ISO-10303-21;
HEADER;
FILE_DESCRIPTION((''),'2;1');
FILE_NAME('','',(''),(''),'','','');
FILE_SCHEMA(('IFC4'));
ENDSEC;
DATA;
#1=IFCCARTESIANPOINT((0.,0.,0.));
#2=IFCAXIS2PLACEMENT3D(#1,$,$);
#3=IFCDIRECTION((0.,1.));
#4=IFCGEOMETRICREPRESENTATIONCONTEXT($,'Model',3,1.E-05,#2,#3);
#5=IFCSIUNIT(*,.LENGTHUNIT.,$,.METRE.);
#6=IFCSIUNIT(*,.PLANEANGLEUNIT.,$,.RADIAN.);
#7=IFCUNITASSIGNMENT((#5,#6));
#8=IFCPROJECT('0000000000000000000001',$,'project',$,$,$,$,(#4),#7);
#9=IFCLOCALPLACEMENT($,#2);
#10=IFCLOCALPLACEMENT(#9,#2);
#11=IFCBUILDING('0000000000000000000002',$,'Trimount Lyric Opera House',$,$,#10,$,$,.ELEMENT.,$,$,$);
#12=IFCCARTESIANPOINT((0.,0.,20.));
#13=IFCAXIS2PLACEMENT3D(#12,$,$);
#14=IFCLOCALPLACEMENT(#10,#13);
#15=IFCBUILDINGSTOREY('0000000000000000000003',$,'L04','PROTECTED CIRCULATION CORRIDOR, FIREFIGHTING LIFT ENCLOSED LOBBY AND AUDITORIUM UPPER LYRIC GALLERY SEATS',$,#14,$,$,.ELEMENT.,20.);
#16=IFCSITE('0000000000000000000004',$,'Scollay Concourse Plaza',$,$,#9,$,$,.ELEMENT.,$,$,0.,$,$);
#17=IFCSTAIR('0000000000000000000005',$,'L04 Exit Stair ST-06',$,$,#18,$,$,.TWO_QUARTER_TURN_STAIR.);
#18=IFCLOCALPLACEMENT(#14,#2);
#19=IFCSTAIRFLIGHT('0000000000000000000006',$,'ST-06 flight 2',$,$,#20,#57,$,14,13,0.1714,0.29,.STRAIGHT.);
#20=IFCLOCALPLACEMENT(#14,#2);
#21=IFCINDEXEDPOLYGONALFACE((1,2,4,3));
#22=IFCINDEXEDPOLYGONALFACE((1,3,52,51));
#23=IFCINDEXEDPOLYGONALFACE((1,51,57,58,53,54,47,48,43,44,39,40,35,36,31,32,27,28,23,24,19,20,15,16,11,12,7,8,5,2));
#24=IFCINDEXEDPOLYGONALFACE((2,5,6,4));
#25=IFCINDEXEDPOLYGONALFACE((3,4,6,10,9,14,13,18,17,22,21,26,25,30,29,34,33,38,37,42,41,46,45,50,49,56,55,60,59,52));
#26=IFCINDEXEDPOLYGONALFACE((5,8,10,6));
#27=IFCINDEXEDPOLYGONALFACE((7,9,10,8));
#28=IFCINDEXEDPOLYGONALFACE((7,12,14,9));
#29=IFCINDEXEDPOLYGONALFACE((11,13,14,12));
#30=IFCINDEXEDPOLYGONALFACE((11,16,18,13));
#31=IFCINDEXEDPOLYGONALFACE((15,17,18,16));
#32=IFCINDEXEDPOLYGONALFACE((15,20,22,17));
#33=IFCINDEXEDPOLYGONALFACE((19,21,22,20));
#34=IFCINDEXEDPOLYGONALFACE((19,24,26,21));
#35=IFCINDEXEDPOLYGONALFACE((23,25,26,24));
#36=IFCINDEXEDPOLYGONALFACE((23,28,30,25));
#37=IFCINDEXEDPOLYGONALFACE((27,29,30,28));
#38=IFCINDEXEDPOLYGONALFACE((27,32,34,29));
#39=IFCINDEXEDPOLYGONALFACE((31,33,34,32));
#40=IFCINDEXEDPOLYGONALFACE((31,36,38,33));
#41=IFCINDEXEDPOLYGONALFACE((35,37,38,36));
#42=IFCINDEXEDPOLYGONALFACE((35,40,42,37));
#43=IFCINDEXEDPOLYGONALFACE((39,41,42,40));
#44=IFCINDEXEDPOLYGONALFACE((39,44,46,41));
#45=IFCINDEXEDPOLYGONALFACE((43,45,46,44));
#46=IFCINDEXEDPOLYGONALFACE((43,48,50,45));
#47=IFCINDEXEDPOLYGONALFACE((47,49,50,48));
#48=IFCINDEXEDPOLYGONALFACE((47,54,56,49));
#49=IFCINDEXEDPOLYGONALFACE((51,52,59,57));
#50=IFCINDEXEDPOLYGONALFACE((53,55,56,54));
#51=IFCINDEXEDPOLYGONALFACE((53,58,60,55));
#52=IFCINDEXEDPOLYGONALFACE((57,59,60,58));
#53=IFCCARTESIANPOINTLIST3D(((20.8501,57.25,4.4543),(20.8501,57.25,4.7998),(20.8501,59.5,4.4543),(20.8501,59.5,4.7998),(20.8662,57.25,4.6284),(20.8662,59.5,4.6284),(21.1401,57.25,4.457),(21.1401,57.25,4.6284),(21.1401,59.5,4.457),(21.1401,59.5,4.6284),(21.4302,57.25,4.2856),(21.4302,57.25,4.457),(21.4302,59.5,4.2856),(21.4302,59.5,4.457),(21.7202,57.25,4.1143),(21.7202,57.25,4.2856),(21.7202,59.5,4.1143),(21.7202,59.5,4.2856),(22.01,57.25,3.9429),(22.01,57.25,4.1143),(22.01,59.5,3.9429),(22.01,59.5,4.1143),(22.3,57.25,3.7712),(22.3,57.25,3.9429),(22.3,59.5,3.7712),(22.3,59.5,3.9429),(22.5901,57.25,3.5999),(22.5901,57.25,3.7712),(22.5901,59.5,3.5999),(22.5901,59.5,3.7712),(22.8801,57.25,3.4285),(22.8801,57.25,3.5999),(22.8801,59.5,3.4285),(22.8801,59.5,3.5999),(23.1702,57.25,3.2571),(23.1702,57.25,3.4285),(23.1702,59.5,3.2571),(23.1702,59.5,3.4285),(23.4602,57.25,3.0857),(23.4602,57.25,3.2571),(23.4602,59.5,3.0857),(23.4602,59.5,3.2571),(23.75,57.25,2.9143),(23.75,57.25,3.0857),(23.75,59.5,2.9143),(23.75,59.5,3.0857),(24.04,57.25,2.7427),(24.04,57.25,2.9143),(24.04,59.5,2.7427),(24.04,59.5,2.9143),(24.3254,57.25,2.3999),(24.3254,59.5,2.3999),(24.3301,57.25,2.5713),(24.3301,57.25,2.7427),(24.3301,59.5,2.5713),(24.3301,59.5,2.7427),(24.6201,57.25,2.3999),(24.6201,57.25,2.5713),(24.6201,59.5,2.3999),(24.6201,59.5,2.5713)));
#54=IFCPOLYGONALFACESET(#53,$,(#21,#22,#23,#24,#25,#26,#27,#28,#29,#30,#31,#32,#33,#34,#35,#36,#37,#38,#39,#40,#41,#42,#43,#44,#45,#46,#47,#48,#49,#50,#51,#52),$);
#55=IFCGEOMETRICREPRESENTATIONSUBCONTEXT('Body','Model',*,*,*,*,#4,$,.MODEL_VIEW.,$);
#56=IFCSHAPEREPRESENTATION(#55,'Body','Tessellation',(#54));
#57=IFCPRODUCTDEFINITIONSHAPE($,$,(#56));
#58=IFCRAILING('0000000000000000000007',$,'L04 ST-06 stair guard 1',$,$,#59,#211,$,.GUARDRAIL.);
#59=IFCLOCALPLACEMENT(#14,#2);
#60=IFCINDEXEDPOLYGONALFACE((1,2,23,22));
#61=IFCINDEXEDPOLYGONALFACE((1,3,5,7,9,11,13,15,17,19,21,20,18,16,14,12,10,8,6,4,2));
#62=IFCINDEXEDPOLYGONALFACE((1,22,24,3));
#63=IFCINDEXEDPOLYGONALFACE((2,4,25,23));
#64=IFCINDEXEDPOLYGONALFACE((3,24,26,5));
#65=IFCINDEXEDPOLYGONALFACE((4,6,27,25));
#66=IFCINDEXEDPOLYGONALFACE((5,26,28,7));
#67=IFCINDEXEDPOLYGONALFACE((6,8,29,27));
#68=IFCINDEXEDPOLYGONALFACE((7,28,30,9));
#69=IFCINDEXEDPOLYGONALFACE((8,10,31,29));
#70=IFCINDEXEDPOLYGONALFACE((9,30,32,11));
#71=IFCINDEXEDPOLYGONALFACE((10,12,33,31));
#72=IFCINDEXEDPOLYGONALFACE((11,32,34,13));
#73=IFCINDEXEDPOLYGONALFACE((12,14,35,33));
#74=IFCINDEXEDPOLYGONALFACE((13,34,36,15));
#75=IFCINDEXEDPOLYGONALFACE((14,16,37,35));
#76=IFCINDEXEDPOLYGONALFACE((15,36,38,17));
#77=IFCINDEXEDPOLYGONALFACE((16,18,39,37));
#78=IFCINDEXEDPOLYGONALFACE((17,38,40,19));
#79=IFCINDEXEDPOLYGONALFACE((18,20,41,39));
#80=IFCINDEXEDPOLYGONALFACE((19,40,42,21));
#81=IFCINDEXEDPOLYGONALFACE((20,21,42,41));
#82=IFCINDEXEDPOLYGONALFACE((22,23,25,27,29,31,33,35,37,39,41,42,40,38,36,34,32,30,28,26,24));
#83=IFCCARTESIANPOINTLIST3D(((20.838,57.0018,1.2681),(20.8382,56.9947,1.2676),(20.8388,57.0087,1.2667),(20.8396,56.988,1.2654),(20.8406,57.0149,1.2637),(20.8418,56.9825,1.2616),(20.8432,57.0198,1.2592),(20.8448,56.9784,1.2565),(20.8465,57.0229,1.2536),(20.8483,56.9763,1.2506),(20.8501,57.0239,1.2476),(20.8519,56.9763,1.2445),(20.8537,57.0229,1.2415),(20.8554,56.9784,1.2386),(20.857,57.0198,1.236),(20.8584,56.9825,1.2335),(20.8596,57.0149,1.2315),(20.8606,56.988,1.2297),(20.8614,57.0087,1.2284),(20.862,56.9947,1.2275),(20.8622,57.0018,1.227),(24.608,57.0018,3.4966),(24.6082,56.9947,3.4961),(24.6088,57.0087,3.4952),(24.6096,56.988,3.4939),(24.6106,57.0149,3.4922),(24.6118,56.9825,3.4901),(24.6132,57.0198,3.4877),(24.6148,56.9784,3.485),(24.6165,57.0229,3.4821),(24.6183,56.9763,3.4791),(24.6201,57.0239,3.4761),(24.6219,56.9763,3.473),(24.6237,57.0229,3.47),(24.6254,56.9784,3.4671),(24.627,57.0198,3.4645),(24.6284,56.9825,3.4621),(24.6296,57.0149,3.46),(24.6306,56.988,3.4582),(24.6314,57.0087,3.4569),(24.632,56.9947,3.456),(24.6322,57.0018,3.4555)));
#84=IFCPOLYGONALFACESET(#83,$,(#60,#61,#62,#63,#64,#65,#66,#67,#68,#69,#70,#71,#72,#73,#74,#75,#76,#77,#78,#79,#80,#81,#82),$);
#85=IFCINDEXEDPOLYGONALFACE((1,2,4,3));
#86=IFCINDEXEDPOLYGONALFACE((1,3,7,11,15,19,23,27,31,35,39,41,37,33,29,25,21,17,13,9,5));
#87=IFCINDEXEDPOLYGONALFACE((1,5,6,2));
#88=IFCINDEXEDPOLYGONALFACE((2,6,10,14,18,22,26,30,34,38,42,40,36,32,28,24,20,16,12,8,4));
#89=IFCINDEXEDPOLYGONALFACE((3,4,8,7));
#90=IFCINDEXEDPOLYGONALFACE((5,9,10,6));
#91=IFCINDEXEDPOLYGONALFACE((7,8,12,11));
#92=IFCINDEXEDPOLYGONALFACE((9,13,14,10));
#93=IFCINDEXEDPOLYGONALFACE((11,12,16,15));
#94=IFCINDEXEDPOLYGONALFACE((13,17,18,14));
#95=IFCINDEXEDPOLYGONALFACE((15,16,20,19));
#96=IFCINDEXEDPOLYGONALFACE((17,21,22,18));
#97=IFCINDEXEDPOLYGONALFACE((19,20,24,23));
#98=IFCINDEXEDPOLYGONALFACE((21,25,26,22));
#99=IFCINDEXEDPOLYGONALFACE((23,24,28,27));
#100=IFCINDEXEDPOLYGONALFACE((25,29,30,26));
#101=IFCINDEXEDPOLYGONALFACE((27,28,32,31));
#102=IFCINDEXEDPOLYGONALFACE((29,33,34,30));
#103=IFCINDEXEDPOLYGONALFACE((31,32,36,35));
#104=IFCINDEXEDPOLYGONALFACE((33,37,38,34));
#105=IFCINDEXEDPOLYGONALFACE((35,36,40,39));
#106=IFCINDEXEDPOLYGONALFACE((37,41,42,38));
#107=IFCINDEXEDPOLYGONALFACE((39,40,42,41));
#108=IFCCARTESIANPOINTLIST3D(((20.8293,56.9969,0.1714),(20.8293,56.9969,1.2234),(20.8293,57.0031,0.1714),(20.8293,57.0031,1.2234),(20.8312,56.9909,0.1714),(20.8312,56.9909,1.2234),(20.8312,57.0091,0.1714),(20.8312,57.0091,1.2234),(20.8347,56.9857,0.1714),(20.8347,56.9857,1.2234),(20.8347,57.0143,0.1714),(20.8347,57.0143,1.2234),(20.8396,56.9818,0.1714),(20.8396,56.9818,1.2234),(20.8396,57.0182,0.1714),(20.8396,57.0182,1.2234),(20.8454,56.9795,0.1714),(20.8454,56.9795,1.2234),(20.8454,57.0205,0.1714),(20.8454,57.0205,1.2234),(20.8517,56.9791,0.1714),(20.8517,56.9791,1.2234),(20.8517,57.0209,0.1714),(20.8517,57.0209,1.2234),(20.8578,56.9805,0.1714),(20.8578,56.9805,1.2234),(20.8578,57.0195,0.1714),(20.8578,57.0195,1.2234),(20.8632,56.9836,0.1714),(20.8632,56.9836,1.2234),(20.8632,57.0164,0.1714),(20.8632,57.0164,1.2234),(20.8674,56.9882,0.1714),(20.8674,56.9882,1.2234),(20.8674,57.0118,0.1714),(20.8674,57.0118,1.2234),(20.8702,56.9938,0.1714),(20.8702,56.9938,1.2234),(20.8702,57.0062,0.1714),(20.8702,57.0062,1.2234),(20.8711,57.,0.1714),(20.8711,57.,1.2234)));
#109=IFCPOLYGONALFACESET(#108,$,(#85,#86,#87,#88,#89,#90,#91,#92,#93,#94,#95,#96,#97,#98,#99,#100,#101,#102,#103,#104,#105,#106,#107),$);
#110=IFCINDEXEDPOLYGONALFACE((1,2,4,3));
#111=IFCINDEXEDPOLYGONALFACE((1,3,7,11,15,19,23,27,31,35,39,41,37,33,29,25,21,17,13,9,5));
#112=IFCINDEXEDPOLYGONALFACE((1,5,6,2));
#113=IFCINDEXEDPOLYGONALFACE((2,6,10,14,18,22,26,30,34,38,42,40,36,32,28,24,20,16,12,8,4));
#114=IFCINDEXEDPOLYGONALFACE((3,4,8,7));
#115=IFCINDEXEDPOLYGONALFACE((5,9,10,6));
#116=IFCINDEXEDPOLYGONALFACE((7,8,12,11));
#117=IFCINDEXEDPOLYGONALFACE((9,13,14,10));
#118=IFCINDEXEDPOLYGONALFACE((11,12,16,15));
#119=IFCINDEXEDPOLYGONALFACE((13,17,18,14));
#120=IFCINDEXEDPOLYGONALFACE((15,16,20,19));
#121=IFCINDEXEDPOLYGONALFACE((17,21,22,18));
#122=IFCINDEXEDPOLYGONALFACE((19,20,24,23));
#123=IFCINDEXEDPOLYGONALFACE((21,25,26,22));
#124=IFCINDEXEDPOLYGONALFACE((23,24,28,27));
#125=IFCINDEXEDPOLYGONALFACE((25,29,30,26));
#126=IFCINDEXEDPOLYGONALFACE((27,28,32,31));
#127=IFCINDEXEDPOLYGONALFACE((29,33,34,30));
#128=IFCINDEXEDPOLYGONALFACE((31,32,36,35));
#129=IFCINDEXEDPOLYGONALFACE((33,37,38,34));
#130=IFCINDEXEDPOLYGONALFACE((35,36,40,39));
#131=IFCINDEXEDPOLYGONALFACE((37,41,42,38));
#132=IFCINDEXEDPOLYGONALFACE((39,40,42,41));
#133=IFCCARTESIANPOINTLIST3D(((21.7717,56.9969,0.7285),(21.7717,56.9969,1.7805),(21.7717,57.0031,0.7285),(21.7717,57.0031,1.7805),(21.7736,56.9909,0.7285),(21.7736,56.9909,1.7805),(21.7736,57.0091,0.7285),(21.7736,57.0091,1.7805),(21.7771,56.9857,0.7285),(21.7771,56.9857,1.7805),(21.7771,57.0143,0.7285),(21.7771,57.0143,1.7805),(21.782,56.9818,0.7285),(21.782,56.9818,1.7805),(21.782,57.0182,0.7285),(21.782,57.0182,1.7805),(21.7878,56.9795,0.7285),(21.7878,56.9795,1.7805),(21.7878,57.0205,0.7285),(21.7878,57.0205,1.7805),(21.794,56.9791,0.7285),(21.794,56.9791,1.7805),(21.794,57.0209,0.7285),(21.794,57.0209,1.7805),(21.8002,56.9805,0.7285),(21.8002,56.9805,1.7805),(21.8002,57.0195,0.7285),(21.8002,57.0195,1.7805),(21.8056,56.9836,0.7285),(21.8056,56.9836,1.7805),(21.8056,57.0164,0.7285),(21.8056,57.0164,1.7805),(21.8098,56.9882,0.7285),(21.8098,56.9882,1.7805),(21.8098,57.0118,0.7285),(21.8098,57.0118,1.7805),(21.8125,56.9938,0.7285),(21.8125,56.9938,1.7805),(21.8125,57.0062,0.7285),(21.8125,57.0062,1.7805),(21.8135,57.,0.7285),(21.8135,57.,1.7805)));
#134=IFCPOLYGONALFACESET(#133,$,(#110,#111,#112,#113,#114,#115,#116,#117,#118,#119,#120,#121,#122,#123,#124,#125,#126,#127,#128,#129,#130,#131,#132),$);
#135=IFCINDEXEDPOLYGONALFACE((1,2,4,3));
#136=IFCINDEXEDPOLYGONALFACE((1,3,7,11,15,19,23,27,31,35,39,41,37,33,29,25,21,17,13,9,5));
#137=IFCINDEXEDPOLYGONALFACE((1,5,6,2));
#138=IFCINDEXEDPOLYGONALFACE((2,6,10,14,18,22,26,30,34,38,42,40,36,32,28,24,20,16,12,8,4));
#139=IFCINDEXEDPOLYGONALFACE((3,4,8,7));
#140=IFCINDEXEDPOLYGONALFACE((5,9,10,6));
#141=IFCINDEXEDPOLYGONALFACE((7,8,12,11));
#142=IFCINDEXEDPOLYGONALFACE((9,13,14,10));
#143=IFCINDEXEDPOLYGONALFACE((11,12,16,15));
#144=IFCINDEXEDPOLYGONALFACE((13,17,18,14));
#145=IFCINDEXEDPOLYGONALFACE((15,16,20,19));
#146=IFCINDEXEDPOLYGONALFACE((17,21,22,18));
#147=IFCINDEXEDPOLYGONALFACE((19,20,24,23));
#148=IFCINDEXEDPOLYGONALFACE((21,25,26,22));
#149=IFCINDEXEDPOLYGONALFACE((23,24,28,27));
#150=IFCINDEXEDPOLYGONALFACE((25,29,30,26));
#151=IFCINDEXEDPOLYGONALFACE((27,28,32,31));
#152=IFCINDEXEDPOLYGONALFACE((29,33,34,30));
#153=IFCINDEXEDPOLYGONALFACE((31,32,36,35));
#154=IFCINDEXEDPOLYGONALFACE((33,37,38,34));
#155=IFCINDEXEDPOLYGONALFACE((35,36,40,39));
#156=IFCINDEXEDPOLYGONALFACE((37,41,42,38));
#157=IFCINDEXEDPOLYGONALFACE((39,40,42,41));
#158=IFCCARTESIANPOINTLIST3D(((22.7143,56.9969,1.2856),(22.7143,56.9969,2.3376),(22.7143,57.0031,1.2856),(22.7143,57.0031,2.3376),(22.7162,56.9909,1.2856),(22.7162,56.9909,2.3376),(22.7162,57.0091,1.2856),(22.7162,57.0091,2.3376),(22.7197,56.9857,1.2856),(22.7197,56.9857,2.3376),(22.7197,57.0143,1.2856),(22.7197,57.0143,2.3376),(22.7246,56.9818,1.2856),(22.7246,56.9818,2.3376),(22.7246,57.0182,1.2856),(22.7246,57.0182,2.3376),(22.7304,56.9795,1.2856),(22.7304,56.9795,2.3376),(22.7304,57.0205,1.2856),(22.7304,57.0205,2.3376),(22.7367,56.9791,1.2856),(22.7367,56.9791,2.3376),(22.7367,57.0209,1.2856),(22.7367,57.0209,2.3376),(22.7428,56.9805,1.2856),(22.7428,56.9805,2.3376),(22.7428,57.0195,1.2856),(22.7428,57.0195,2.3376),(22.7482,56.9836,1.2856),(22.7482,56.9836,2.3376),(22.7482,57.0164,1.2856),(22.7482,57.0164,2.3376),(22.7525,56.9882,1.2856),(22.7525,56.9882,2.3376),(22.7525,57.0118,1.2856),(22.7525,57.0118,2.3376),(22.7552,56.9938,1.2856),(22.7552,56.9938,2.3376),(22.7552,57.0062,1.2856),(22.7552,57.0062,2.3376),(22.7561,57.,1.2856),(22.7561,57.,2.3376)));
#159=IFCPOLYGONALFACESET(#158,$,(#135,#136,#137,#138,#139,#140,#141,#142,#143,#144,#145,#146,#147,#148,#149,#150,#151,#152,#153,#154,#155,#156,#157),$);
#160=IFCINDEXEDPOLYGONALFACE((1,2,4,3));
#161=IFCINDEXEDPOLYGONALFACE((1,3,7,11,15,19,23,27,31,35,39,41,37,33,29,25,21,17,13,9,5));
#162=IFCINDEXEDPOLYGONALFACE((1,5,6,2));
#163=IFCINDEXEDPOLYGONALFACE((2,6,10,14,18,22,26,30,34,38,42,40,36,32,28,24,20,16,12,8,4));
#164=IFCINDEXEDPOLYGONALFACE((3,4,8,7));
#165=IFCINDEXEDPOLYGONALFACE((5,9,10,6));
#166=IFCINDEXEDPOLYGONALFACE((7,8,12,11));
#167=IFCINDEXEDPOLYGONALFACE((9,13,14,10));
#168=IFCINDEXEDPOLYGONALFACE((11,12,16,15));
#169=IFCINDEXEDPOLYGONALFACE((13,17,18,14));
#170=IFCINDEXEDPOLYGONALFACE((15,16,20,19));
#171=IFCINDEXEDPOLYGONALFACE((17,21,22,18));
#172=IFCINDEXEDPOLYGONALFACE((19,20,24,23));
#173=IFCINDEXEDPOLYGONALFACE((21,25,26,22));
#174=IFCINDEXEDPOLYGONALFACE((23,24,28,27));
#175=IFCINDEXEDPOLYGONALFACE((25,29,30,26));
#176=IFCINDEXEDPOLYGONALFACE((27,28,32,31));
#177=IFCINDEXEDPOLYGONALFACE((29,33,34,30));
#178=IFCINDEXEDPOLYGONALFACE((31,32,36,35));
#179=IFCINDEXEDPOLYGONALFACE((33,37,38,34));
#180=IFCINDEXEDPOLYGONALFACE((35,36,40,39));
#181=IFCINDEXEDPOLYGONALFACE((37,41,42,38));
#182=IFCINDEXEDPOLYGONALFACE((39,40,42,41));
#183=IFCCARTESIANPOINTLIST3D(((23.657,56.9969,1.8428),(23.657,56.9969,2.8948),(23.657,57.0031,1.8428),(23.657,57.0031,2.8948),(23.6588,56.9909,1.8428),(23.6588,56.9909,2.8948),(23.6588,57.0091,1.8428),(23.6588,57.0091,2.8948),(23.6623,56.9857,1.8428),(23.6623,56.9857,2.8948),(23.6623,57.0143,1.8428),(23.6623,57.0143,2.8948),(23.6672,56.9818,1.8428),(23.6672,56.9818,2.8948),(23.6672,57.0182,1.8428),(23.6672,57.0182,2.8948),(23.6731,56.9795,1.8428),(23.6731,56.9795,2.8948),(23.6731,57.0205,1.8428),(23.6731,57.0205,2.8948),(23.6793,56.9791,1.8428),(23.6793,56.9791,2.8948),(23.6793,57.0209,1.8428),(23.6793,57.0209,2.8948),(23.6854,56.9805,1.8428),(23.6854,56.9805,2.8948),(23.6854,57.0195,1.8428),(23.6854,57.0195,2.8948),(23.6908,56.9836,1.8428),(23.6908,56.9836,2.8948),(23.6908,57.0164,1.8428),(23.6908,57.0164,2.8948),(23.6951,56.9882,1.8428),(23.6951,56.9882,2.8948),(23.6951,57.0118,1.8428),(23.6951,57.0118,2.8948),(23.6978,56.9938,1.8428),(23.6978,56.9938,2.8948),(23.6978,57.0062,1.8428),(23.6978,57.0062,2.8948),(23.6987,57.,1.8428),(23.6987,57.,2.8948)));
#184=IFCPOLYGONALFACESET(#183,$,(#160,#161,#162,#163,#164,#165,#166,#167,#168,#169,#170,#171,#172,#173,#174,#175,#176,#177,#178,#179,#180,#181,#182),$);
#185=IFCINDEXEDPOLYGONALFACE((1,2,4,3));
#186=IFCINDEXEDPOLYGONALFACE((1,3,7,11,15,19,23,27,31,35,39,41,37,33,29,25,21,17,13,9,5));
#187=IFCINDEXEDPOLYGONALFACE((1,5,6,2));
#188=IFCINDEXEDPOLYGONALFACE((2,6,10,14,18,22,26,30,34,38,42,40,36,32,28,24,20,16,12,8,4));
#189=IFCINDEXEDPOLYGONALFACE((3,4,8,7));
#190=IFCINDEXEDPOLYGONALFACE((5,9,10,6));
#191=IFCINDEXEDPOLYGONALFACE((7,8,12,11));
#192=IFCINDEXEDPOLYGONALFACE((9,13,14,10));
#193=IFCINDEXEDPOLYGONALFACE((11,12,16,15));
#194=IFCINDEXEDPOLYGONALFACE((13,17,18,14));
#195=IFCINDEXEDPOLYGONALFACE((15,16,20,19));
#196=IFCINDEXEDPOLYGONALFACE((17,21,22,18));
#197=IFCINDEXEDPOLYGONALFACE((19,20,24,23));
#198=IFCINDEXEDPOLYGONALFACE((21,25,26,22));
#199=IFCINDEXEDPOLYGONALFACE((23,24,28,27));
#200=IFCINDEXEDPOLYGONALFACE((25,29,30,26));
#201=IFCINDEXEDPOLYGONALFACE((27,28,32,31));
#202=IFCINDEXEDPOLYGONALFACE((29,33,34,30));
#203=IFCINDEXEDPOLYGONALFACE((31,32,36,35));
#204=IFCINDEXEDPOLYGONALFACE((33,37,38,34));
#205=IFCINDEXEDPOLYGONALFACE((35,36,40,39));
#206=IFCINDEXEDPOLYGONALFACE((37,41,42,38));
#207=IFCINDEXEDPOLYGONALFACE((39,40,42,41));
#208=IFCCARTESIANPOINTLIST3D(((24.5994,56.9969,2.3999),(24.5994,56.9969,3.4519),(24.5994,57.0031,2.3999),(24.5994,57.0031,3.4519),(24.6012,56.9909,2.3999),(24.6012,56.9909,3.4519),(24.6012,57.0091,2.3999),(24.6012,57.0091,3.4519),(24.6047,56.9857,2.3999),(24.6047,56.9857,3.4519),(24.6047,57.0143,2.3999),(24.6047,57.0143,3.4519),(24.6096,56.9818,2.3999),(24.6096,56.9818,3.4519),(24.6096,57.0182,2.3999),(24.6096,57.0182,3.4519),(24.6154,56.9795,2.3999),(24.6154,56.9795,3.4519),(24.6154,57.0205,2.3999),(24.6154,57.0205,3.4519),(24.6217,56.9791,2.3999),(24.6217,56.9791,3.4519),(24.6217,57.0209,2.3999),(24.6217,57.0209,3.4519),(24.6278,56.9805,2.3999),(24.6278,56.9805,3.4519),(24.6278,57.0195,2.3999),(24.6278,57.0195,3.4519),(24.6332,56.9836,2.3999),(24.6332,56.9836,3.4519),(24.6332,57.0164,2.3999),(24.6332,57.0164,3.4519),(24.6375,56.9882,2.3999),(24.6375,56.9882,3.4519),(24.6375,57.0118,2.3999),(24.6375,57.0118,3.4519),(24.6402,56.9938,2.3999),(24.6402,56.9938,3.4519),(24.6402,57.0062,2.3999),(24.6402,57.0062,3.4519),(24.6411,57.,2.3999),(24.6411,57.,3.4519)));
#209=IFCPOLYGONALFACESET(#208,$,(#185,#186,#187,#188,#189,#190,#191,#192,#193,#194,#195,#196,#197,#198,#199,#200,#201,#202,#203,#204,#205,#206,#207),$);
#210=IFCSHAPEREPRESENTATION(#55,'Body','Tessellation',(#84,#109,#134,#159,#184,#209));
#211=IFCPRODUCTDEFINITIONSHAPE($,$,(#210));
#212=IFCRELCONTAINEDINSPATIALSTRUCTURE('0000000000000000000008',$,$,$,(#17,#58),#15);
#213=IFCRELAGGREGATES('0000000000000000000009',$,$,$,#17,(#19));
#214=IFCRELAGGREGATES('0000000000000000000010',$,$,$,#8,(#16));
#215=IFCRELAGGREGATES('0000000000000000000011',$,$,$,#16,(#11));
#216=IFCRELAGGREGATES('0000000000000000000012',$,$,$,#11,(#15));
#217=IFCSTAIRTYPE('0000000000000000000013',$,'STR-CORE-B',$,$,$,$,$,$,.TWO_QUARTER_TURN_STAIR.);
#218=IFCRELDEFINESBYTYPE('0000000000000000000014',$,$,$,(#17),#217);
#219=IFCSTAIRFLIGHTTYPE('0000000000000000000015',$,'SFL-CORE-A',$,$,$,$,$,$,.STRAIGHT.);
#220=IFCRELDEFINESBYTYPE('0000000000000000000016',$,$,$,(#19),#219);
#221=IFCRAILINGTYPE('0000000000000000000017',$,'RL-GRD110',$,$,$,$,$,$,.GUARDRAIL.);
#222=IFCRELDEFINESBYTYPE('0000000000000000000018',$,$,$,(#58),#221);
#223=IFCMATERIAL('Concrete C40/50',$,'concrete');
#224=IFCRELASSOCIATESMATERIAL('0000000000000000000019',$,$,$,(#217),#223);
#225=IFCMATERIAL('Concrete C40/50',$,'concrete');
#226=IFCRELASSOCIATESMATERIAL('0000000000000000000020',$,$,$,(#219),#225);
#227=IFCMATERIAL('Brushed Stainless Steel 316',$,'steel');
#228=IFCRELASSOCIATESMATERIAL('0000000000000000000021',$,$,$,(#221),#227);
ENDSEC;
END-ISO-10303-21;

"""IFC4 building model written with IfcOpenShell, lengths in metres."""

from ifc_helpers import new_model, si_unit, direction, frame, origin, origin_2d, place, context, subcontext, project, spatial, polyline, circle, outline, extrude, material, type_object, element, aggregate, save


model = new_model("IFC4")

# Units and contexts
model_context = context("Model", 3, precision=1e-05, world=origin(), true_north=direction((0.0, 1.0)))
body_context = subcontext(model_context, "Body", "Model", "MODEL_VIEW")
ifc_project = project(units=[si_unit("LENGTHUNIT", "METRE"), si_unit("PLANEANGLEUNIT", "RADIAN")], contexts=[model_context])

# Site, building, storey
site_placement = place(None, origin())
site = spatial("IfcSite", under=ifc_project, at=site_placement, Name="Scollay Concourse Plaza", CompositionType="ELEMENT", RefElevation=0.0)
building_placement = place(site_placement, origin())
building = spatial("IfcBuilding", under=site, at=building_placement, Name="Trimount Lyric Opera House", CompositionType="ELEMENT")
storey_placement = place(building_placement, frame((0.0, 0.0, 20.0)))
storey = spatial("IfcBuildingStorey", under=building, at=storey_placement, Name="L04", Description="PROTECTED CIRCULATION CORRIDOR, FIREFIGHTING LIFT ENCLOSED LOBBY AND AUDITORIUM UPPER LYRIC GALLERY SEATS", CompositionType="ELEMENT", Elevation=20.0)

# Stair, stair flight
ifc_material_1 = material(Name="Concrete C40/50", Category="concrete")
stair_type = type_object("IfcStairType", Name="STR-CORE-B", PredefinedType="TWO_QUARTER_TURN_STAIR", material=ifc_material_1)
stair_placement = place(storey_placement, origin())
stair = element("IfcStair", 1, at=stair_placement, inside=storey, type_object=stair_type, Name="L04 Exit Stair ST-06", PredefinedType="TWO_QUARTER_TURN_STAIR")
ifc_material_2 = material(Name="Concrete C40/50", Category="concrete")
stair_flight_type = type_object("IfcStairFlightType", Name="SFL-CORE-A", PredefinedType="STRAIGHT", material=ifc_material_2)
stair_flight_1_placement = place(storey_placement, frame((24.6201, 58.375, 2.3999), z_axis=(0.0, 0.0, 1.0), x_axis=(-1.0, 0.0, 0.0)))
stair_flight_1 = element("IfcStairFlight", 2, at=stair_flight_1_placement, type_object=stair_flight_type, Name="ST-06 flight 2", NumberOfRisers=14, NumberOfTreads=13, PredefinedType="STRAIGHT", RiserHeight=0.1714, TreadLength=0.29, context=body_context, shape_type="SweptSolid", body=[
    extrude(outline(polyline([(0.0, 0.0), (0.0, 0.1714), (0.29, 0.1714), (0.29, 0.3428), (0.5801, 0.3428), (0.5801, 0.5144), (0.8701, 0.5144), (0.8701, 0.6858), (1.1599, 0.6858), (1.1599, 0.8572), (1.45, 0.8572), (1.45, 1.0286), (1.74, 1.0286), (1.74, 1.2), (2.03, 1.2), (2.03, 1.3713), (2.3201, 1.3713), (2.3201, 1.543), (2.6101, 1.543), (2.6101, 1.7144), (2.8999, 1.7144), (2.8999, 1.8857), (3.1899, 1.8857), (3.1899, 2.0571), (3.48, 2.0571), (3.48, 2.2285), (3.7539, 2.2285), (3.77, 2.3999), (3.77, 2.0544), (0.2947, 0.0), (0.0, 0.0)])), frame((0.0, 1.125, 0.0), z_axis=(0.0, -1.0, 0.0), x_axis=(1.0, 0.0, 0.0)), (0.0, 0.0, 1.0), 2.25),
])
aggregate(stair, [stair_flight_1])

# Railing
ifc_material_3 = material(Name="Brushed Stainless Steel 316", Category="steel")
railing_type_1 = type_object("IfcRailingType", Name="RL-GRD110", PredefinedType="GUARDRAIL", material=ifc_material_3)
railing_1_placement = place(storey_placement, frame((20.8501, 57.0, 0.1714)))
element("IfcRailing", 3, at=railing_1_placement, inside=storey, type_object=railing_type_1, Name="L04 ST-06 stair guard 1", PredefinedType="GUARDRAIL", context=body_context, shape_type="SweptSolid", body=[
    extrude(circle(Radius=0.0239, at=origin_2d()), frame((0.0, 0.0, 1.0762), z_axis=(0.860849, 0.0, 0.508861), x_axis=(0.0, 1.0, 0.0)), (0.0, 0.0, 1.0), 4.3794),
    extrude(circle(Radius=0.021, at=origin_2d()), origin(), (0.0, 0.0, 1.0), 1.052),
    extrude(circle(Radius=0.021, at=origin_2d()), frame((0.9424, 0.0, 0.5571)), (0.0, 0.0, 1.0), 1.052),
    extrude(circle(Radius=0.021, at=origin_2d()), frame((1.885, 0.0, 1.1143)), (0.0, 0.0, 1.0), 1.052),
    extrude(circle(Radius=0.021, at=origin_2d()), frame((2.8276, 0.0, 1.6714)), (0.0, 0.0, 1.0), 1.052),
    extrude(circle(Radius=0.021, at=origin_2d()), frame((3.77, 0.0, 2.2285)), (0.0, 0.0, 1.0), 1.052),
])

save(model, "model.ifc")
